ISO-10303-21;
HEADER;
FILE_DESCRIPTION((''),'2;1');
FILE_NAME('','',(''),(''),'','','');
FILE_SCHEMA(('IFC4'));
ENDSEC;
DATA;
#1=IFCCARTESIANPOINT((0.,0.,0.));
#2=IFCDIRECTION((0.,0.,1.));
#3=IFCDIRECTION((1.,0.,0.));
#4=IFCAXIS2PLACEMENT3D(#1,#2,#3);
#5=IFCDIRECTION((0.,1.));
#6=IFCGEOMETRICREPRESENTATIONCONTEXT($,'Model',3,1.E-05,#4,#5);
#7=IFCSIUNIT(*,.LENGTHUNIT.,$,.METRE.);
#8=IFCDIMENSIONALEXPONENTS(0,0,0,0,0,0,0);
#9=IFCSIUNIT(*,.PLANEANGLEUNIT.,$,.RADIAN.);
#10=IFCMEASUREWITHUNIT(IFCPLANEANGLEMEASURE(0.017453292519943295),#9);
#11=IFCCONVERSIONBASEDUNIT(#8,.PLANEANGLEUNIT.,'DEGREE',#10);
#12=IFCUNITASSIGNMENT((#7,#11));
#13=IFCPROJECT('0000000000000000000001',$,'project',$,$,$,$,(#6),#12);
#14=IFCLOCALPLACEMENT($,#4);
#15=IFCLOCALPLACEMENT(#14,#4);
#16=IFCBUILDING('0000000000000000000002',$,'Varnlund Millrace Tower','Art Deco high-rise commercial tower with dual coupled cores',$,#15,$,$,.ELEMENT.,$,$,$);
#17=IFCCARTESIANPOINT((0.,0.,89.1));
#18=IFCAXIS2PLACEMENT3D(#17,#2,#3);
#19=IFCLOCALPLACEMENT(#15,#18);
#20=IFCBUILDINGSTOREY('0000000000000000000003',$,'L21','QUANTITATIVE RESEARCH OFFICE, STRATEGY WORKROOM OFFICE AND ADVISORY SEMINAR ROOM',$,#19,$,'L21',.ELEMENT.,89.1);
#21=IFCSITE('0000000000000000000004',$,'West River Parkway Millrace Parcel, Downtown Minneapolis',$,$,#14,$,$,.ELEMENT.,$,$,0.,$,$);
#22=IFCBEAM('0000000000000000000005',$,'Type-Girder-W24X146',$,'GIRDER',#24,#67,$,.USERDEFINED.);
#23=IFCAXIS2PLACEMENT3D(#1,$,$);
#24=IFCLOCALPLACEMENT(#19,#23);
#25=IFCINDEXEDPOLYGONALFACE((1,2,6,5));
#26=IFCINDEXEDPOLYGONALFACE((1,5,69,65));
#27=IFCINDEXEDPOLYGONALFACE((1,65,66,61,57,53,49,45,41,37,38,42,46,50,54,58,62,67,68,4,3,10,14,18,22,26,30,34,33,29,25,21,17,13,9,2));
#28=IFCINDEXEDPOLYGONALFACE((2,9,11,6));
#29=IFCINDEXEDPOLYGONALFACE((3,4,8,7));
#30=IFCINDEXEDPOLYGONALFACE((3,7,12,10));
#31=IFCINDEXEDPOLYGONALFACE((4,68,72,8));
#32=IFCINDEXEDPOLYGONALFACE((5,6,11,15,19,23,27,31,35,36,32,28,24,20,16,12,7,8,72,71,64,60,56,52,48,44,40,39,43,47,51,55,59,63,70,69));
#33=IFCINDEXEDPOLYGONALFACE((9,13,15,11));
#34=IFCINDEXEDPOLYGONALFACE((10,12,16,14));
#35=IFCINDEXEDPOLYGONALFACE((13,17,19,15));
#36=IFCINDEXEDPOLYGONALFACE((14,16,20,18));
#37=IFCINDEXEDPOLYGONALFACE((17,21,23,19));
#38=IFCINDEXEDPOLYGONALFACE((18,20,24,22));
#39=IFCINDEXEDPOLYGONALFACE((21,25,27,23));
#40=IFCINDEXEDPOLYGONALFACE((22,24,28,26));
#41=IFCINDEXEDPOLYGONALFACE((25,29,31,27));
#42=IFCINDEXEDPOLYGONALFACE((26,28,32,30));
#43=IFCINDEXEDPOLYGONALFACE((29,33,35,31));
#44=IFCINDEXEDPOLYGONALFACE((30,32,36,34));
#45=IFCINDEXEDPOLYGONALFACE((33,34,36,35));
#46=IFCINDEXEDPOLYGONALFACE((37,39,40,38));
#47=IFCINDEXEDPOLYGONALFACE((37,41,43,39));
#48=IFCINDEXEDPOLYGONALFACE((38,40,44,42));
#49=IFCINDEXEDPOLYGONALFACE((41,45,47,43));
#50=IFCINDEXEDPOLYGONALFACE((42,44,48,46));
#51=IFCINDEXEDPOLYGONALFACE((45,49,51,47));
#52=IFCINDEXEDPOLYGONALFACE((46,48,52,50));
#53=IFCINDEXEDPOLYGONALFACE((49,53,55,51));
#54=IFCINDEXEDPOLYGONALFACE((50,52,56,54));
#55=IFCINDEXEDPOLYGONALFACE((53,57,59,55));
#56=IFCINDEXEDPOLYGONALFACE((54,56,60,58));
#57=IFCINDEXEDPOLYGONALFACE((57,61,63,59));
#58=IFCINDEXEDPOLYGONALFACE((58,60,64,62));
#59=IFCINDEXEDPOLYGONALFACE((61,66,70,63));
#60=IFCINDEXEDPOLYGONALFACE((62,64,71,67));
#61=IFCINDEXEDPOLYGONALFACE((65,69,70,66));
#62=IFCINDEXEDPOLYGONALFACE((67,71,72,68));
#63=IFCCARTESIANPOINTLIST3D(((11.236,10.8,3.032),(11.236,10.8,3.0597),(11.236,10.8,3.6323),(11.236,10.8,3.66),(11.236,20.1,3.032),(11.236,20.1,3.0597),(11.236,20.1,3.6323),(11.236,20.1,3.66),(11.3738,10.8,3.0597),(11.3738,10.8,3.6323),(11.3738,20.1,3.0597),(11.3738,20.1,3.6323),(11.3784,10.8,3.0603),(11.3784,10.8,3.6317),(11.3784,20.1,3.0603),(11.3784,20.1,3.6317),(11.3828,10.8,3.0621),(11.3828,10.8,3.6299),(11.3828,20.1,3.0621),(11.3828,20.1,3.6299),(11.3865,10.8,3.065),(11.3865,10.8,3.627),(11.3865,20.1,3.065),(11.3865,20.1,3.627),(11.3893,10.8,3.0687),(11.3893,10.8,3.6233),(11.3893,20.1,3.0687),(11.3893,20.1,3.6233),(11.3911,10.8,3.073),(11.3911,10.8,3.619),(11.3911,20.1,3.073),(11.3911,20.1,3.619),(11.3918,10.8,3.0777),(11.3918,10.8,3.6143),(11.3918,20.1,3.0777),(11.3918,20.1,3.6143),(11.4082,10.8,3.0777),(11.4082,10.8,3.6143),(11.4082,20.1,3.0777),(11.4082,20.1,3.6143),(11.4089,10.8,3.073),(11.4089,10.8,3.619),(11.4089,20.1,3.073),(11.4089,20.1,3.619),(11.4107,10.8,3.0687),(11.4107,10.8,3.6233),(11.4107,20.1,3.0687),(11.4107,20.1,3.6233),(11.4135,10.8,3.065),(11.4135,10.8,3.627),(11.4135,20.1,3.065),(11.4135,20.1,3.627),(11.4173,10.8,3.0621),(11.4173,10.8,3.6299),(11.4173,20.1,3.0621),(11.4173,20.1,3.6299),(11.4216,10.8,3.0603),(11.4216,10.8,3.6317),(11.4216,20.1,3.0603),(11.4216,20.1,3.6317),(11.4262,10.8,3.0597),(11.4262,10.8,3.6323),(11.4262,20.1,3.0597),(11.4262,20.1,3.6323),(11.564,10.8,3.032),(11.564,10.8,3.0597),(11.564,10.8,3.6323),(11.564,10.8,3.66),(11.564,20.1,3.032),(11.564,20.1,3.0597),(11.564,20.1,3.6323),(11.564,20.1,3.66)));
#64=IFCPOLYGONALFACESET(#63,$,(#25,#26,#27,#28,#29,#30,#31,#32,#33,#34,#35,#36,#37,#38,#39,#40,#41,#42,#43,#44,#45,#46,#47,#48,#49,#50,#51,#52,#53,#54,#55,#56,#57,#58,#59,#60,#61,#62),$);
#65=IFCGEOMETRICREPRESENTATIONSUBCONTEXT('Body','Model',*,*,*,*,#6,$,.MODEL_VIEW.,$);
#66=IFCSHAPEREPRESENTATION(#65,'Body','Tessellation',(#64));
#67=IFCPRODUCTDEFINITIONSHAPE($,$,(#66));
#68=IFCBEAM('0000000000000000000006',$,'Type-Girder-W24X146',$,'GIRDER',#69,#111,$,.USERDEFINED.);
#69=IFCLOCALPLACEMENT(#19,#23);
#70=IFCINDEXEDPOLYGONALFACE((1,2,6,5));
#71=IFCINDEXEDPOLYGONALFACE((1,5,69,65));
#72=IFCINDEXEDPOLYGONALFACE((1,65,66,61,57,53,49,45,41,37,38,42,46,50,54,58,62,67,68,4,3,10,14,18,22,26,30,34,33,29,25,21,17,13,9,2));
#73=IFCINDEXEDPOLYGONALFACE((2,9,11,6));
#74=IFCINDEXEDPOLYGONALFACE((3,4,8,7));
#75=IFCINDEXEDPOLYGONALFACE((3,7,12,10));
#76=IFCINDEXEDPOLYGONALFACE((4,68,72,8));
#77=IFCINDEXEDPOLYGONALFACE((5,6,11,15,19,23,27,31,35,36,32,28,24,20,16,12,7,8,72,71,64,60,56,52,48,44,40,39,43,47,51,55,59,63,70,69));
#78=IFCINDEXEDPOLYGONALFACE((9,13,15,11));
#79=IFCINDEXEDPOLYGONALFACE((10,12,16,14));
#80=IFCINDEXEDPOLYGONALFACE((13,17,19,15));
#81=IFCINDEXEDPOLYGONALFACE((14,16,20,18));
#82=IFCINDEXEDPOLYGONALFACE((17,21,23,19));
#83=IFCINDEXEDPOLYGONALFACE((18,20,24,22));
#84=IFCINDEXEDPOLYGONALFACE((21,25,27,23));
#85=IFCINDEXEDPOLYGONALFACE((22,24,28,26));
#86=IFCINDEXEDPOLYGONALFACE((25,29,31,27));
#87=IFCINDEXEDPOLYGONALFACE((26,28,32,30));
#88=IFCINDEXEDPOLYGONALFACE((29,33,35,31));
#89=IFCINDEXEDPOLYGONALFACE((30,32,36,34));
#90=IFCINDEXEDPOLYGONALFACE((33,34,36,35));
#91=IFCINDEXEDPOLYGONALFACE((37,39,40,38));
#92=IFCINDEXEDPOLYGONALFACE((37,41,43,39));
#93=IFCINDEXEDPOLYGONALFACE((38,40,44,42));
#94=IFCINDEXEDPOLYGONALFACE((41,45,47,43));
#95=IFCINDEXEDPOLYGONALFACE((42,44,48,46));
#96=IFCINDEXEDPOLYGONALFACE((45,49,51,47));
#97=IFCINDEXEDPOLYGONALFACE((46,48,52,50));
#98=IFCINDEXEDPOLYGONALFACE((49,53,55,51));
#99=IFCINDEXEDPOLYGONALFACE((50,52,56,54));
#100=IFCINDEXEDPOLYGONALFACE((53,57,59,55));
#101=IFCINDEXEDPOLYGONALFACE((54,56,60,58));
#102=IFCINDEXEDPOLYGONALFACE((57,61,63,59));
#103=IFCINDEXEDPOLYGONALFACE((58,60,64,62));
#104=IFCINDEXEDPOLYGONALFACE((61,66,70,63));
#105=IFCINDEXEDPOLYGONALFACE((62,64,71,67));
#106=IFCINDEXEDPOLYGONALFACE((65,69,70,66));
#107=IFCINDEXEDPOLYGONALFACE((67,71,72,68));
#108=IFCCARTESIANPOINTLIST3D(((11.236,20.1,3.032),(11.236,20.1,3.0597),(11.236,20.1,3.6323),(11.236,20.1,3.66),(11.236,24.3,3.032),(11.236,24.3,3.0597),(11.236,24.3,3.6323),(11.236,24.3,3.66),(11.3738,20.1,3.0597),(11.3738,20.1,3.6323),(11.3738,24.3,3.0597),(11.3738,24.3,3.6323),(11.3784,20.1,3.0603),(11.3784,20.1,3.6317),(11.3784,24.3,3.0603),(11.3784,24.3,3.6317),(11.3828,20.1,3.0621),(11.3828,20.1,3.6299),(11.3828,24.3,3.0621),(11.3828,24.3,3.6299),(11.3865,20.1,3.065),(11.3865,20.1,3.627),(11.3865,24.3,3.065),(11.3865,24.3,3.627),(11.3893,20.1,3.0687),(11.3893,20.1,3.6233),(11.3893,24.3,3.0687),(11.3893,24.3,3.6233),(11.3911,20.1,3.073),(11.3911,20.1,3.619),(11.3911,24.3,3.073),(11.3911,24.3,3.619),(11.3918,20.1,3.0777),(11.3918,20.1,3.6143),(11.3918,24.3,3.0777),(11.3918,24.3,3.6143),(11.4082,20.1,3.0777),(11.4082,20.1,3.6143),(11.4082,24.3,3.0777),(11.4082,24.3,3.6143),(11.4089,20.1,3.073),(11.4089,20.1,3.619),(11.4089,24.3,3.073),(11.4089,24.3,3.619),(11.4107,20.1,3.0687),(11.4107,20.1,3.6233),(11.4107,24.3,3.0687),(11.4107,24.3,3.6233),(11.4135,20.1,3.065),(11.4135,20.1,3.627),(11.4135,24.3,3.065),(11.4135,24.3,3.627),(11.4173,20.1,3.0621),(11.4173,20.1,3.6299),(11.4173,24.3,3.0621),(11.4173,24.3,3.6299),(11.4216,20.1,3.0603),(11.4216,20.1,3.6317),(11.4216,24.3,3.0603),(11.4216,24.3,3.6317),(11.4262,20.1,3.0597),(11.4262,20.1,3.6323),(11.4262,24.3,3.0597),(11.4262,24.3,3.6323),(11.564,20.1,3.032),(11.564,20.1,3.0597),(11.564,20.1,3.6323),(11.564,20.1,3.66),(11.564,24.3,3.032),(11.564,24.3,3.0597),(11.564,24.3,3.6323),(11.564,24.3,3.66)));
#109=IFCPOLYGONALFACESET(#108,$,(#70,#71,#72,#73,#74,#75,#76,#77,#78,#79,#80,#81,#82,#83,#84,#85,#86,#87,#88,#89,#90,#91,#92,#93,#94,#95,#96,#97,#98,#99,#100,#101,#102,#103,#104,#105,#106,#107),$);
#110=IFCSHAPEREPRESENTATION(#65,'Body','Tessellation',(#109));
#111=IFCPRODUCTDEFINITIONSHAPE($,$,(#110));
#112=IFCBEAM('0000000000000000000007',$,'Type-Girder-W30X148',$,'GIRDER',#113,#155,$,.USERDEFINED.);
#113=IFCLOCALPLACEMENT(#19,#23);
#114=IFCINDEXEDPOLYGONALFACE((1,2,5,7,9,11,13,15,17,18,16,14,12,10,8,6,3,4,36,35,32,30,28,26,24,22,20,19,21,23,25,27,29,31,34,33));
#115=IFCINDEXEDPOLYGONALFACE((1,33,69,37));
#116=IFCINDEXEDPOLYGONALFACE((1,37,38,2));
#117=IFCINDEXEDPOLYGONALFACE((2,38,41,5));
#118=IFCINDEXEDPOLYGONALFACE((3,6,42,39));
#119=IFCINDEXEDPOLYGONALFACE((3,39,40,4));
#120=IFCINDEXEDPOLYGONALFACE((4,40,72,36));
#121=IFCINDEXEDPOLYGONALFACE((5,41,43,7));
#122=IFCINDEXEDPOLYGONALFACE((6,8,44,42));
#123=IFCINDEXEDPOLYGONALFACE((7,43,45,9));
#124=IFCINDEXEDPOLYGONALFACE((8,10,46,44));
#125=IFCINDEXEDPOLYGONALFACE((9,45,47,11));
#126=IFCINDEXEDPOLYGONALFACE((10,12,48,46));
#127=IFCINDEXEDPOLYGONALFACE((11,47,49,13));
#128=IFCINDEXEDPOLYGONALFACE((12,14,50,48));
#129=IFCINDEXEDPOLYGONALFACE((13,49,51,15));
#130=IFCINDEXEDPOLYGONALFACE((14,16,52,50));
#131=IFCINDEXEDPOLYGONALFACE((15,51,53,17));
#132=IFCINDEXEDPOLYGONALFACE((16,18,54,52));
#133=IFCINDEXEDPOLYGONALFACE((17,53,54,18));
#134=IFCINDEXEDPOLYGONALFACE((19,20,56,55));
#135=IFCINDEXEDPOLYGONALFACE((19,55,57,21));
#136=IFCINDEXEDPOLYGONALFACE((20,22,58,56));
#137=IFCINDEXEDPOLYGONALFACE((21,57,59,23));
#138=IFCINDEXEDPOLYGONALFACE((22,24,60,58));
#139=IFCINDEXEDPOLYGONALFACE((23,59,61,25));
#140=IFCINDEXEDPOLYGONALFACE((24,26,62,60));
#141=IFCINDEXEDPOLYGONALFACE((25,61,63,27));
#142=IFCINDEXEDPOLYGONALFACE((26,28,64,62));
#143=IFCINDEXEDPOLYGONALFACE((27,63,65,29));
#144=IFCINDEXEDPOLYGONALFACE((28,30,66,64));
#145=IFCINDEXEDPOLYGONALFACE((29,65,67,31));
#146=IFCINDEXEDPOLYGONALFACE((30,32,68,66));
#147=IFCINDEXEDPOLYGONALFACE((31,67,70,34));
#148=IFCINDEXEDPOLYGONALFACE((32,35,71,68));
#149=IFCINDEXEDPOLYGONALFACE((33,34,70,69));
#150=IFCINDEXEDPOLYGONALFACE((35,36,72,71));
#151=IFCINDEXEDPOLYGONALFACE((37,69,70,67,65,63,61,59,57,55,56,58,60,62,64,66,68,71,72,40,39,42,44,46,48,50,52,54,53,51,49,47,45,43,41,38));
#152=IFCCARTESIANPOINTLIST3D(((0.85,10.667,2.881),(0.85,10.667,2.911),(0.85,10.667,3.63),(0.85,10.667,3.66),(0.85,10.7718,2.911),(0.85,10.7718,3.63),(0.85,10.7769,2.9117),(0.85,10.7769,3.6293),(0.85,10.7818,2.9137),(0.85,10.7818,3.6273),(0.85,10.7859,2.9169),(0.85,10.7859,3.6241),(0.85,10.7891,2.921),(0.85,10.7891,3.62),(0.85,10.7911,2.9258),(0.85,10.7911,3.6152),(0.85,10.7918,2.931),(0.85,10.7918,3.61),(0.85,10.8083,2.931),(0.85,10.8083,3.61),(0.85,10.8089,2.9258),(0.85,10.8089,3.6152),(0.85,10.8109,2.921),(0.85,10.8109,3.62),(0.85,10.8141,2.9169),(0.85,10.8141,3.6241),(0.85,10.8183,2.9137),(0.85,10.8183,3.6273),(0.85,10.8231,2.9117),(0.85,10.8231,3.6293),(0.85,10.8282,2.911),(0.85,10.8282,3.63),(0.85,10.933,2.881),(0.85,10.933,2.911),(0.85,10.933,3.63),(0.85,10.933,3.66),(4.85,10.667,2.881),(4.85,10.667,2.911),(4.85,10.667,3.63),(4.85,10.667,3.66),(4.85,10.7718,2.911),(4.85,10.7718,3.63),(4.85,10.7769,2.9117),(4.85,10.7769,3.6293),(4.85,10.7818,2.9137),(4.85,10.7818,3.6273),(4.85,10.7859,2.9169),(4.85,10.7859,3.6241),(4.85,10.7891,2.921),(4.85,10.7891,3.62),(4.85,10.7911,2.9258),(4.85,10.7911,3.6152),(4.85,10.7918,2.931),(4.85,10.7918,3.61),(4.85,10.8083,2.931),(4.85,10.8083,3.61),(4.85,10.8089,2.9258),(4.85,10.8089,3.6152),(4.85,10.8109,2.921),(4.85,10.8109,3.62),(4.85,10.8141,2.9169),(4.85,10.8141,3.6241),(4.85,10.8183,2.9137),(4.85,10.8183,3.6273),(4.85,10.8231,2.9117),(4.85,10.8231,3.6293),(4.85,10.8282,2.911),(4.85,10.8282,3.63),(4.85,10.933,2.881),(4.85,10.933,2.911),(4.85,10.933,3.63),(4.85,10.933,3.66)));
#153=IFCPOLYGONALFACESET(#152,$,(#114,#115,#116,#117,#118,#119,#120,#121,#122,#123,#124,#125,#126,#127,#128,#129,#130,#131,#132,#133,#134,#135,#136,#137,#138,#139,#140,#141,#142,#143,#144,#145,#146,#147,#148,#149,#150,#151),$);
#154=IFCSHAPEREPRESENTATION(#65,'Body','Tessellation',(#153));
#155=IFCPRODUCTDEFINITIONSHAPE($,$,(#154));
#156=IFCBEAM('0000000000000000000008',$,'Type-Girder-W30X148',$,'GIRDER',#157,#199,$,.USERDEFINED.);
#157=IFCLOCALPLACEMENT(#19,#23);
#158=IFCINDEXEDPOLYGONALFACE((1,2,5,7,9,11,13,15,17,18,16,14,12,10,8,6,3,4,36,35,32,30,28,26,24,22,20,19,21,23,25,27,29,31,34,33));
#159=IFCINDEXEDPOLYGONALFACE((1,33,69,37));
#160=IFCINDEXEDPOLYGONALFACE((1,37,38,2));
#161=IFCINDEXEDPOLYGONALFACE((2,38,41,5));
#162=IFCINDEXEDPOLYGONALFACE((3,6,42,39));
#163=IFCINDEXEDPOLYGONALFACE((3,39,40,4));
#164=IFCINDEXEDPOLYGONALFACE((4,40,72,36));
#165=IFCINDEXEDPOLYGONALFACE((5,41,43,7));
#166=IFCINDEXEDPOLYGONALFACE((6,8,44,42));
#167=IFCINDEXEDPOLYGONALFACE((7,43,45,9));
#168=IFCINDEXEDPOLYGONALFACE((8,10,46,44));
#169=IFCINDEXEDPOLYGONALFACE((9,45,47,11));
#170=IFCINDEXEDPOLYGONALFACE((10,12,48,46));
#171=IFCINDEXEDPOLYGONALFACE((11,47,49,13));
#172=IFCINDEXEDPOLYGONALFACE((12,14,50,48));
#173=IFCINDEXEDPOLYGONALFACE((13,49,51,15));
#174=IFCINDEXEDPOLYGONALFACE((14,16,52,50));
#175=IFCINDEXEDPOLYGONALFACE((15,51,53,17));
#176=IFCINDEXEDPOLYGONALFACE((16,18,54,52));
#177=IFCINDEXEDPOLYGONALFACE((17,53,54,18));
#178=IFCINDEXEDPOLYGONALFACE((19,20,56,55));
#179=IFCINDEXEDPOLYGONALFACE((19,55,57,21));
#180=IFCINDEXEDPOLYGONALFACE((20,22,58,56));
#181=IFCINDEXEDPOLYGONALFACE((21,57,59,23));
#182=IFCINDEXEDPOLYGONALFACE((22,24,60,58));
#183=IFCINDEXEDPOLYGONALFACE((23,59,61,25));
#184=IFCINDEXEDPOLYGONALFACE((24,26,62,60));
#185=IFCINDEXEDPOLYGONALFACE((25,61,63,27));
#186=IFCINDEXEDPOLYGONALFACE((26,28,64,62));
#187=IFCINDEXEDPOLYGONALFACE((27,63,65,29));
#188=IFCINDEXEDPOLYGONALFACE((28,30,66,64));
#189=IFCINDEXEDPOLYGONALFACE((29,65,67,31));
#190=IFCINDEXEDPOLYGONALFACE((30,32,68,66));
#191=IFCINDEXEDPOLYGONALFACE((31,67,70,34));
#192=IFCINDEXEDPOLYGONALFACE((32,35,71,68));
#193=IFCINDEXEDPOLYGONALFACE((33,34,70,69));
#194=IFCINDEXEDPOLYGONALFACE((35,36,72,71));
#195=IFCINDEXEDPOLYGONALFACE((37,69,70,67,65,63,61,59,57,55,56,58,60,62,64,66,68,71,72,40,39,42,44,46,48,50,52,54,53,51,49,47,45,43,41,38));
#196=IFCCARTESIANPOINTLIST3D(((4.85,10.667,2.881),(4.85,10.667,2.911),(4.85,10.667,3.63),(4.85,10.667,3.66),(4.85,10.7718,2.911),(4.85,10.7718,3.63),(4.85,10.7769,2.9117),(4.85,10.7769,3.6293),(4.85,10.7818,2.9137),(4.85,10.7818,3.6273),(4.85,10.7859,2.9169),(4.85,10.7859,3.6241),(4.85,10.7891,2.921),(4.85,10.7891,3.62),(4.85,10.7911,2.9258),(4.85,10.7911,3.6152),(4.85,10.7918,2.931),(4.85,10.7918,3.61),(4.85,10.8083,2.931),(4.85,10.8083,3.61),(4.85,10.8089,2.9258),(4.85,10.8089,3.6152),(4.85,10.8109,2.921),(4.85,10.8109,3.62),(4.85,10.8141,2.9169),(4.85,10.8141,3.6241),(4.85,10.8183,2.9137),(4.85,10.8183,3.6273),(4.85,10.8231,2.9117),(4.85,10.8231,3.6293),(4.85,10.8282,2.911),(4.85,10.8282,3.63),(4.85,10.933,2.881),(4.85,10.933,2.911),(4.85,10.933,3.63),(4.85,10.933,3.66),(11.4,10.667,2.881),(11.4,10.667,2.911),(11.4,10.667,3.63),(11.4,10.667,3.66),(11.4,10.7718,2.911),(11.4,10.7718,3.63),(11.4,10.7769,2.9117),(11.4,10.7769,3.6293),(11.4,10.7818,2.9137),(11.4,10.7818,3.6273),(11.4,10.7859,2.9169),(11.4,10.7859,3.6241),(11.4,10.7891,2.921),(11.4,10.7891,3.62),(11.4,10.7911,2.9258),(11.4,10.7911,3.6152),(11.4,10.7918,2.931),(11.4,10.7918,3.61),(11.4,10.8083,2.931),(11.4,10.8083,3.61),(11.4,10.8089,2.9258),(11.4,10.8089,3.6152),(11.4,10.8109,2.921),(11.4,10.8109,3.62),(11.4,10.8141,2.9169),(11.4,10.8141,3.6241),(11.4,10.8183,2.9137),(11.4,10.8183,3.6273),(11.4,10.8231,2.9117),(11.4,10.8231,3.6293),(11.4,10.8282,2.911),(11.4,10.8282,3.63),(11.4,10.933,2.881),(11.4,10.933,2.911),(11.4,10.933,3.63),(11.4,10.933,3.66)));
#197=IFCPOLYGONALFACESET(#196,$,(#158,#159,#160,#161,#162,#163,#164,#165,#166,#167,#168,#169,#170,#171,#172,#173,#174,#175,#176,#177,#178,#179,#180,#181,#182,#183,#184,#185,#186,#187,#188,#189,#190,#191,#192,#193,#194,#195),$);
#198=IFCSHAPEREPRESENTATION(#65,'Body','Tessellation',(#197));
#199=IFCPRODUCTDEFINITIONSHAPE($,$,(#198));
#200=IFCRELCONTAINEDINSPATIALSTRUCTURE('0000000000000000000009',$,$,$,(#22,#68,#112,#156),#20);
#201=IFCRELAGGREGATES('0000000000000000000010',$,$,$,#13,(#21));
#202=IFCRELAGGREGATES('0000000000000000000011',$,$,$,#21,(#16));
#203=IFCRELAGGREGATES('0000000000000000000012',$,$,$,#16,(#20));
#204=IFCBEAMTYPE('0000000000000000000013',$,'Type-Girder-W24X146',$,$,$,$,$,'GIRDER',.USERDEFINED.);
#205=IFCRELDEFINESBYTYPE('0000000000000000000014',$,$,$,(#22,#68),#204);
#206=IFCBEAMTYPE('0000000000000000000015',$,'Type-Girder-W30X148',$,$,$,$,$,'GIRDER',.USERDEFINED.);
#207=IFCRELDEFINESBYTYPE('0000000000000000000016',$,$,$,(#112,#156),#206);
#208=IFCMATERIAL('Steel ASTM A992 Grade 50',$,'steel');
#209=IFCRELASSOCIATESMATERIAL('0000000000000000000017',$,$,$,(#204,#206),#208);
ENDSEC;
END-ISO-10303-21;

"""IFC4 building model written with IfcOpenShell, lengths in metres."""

from ifc_helpers import new_model, entity, si_unit, converted_unit, direction, frame, origin_with_axes, origin_2d_with_axis, place, context, subcontext, project, spatial, i_section, extrude, material, material_profile, profile_set, type_object, element, save


model = new_model("IFC4")

# Units and contexts
model_context = context("Model", 3, precision=1e-05, world=origin_with_axes(), true_north=direction((0.0, 1.0)))
body_context = subcontext(model_context, "Body", "Model", "MODEL_VIEW")
ifc_project = project(units=[si_unit("LENGTHUNIT", "METRE"), converted_unit("PLANEANGLEUNIT", "DEGREE", entity("IfcPlaneAngleMeasure", 0.017453292519943295), si_unit("PLANEANGLEUNIT", "RADIAN"), dimensions=[0, 0, 0, 0, 0, 0, 0])], contexts=[model_context])

# Site, building, storey
site_placement = place(None, origin_with_axes())
site = spatial("IfcSite", under=ifc_project, at=site_placement, Name="West River Parkway Millrace Parcel, Downtown Minneapolis", CompositionType="ELEMENT", RefElevation=0.0)
building_placement = place(site_placement, origin_with_axes())
building = spatial("IfcBuilding", under=site, at=building_placement, Name="Varnlund Millrace Tower", Description="Art Deco high-rise commercial tower with dual coupled cores", CompositionType="ELEMENT")
storey_placement = place(building_placement, frame((0.0, 0.0, 89.1), z_axis=(0.0, 0.0, 1.0), x_axis=(1.0, 0.0, 0.0)))
storey = spatial("IfcBuildingStorey", under=building, at=storey_placement, Name="L21", Description="QUANTITATIVE RESEARCH OFFICE, STRATEGY WORKROOM OFFICE AND ADVISORY SEMINAR ROOM", LongName="L21", CompositionType="ELEMENT", Elevation=89.1)

# Beams
ifc_material_1 = material(Name="Steel ASTM A992 Grade 50", Category="steel")
ifc_material_profile_1 = material_profile(ifc_material_1, i_section(OverallWidth=0.328, OverallDepth=0.628, WebThickness=0.0165, FlangeThickness=0.0277, FilletRadius=0.018, at=origin_2d_with_axis()), Name="Steel ASTM A992 Grade 50")
ifc_profile_set_1 = profile_set([ifc_material_profile_1], Name="Steel ASTM A992 Grade 50")
beam_type_1 = type_object("IfcBeamType", Name="Type-Girder-W24X146", ElementType="GIRDER", PredefinedType="USERDEFINED", material=ifc_profile_set_1)
beam_1_placement = place(storey_placement, frame((11.4, 10.8, 3.346), z_axis=(0.0, 1.0, 0.0), x_axis=(-1.0, 0.0, 0.0)))
element("IfcBeam", 1, at=beam_1_placement, inside=storey, type_object=beam_type_1, Name="Type-Girder-W24X146", ObjectType="GIRDER", PredefinedType="USERDEFINED", context=body_context, shape_type="SweptSolid", body=[
    extrude(i_section(OverallWidth=0.328, OverallDepth=0.628, WebThickness=0.0165, FlangeThickness=0.0277, FilletRadius=0.018, at=origin_2d_with_axis()), origin_with_axes(), (0.0, 0.0, 1.0), 9.3),
])
beam_2_placement = place(storey_placement, frame((11.4, 20.1, 3.346), z_axis=(0.0, 1.0, 0.0), x_axis=(-1.0, 0.0, 0.0)))
element("IfcBeam", 2, at=beam_2_placement, inside=storey, type_object=beam_type_1, Name="Type-Girder-W24X146", ObjectType="GIRDER", PredefinedType="USERDEFINED", context=body_context, shape_type="SweptSolid", body=[
    extrude(i_section(OverallWidth=0.328, OverallDepth=0.628, WebThickness=0.0165, FlangeThickness=0.0277, FilletRadius=0.018, at=origin_2d_with_axis()), origin_with_axes(), (0.0, 0.0, 1.0), 4.2),
])
ifc_material_profile_2 = material_profile(ifc_material_1, i_section(OverallWidth=0.266, OverallDepth=0.779, WebThickness=0.0165, FlangeThickness=0.03, FilletRadius=0.02, at=origin_2d_with_axis()), Name="Steel ASTM A992 Grade 50")
ifc_profile_set_2 = profile_set([ifc_material_profile_2], Name="Steel ASTM A992 Grade 50")
beam_type_2 = type_object("IfcBeamType", Name="Type-Girder-W30X148", ElementType="GIRDER", PredefinedType="USERDEFINED", material=ifc_profile_set_2)
beam_3_placement = place(storey_placement, frame((0.85, 10.8, 3.2705), z_axis=(1.0, 0.0, 0.0), x_axis=(0.0, 1.0, 0.0)))
element("IfcBeam", 3, at=beam_3_placement, inside=storey, type_object=beam_type_2, Name="Type-Girder-W30X148", ObjectType="GIRDER", PredefinedType="USERDEFINED", context=body_context, shape_type="SweptSolid", body=[
    extrude(i_section(OverallWidth=0.266, OverallDepth=0.779, WebThickness=0.0165, FlangeThickness=0.03, FilletRadius=0.02, at=origin_2d_with_axis()), origin_with_axes(), (0.0, 0.0, 1.0), 4.0),
])
beam_4_placement = place(storey_placement, frame((4.85, 10.8, 3.2705), z_axis=(1.0, 0.0, 0.0), x_axis=(0.0, 1.0, 0.0)))
element("IfcBeam", 4, at=beam_4_placement, inside=storey, type_object=beam_type_2, Name="Type-Girder-W30X148", ObjectType="GIRDER", PredefinedType="USERDEFINED", context=body_context, shape_type="SweptSolid", body=[
    extrude(i_section(OverallWidth=0.266, OverallDepth=0.779, WebThickness=0.0165, FlangeThickness=0.03, FilletRadius=0.02, at=origin_2d_with_axis()), origin_with_axes(), (0.0, 0.0, 1.0), 6.55),
])

save(model, "model.ifc")
